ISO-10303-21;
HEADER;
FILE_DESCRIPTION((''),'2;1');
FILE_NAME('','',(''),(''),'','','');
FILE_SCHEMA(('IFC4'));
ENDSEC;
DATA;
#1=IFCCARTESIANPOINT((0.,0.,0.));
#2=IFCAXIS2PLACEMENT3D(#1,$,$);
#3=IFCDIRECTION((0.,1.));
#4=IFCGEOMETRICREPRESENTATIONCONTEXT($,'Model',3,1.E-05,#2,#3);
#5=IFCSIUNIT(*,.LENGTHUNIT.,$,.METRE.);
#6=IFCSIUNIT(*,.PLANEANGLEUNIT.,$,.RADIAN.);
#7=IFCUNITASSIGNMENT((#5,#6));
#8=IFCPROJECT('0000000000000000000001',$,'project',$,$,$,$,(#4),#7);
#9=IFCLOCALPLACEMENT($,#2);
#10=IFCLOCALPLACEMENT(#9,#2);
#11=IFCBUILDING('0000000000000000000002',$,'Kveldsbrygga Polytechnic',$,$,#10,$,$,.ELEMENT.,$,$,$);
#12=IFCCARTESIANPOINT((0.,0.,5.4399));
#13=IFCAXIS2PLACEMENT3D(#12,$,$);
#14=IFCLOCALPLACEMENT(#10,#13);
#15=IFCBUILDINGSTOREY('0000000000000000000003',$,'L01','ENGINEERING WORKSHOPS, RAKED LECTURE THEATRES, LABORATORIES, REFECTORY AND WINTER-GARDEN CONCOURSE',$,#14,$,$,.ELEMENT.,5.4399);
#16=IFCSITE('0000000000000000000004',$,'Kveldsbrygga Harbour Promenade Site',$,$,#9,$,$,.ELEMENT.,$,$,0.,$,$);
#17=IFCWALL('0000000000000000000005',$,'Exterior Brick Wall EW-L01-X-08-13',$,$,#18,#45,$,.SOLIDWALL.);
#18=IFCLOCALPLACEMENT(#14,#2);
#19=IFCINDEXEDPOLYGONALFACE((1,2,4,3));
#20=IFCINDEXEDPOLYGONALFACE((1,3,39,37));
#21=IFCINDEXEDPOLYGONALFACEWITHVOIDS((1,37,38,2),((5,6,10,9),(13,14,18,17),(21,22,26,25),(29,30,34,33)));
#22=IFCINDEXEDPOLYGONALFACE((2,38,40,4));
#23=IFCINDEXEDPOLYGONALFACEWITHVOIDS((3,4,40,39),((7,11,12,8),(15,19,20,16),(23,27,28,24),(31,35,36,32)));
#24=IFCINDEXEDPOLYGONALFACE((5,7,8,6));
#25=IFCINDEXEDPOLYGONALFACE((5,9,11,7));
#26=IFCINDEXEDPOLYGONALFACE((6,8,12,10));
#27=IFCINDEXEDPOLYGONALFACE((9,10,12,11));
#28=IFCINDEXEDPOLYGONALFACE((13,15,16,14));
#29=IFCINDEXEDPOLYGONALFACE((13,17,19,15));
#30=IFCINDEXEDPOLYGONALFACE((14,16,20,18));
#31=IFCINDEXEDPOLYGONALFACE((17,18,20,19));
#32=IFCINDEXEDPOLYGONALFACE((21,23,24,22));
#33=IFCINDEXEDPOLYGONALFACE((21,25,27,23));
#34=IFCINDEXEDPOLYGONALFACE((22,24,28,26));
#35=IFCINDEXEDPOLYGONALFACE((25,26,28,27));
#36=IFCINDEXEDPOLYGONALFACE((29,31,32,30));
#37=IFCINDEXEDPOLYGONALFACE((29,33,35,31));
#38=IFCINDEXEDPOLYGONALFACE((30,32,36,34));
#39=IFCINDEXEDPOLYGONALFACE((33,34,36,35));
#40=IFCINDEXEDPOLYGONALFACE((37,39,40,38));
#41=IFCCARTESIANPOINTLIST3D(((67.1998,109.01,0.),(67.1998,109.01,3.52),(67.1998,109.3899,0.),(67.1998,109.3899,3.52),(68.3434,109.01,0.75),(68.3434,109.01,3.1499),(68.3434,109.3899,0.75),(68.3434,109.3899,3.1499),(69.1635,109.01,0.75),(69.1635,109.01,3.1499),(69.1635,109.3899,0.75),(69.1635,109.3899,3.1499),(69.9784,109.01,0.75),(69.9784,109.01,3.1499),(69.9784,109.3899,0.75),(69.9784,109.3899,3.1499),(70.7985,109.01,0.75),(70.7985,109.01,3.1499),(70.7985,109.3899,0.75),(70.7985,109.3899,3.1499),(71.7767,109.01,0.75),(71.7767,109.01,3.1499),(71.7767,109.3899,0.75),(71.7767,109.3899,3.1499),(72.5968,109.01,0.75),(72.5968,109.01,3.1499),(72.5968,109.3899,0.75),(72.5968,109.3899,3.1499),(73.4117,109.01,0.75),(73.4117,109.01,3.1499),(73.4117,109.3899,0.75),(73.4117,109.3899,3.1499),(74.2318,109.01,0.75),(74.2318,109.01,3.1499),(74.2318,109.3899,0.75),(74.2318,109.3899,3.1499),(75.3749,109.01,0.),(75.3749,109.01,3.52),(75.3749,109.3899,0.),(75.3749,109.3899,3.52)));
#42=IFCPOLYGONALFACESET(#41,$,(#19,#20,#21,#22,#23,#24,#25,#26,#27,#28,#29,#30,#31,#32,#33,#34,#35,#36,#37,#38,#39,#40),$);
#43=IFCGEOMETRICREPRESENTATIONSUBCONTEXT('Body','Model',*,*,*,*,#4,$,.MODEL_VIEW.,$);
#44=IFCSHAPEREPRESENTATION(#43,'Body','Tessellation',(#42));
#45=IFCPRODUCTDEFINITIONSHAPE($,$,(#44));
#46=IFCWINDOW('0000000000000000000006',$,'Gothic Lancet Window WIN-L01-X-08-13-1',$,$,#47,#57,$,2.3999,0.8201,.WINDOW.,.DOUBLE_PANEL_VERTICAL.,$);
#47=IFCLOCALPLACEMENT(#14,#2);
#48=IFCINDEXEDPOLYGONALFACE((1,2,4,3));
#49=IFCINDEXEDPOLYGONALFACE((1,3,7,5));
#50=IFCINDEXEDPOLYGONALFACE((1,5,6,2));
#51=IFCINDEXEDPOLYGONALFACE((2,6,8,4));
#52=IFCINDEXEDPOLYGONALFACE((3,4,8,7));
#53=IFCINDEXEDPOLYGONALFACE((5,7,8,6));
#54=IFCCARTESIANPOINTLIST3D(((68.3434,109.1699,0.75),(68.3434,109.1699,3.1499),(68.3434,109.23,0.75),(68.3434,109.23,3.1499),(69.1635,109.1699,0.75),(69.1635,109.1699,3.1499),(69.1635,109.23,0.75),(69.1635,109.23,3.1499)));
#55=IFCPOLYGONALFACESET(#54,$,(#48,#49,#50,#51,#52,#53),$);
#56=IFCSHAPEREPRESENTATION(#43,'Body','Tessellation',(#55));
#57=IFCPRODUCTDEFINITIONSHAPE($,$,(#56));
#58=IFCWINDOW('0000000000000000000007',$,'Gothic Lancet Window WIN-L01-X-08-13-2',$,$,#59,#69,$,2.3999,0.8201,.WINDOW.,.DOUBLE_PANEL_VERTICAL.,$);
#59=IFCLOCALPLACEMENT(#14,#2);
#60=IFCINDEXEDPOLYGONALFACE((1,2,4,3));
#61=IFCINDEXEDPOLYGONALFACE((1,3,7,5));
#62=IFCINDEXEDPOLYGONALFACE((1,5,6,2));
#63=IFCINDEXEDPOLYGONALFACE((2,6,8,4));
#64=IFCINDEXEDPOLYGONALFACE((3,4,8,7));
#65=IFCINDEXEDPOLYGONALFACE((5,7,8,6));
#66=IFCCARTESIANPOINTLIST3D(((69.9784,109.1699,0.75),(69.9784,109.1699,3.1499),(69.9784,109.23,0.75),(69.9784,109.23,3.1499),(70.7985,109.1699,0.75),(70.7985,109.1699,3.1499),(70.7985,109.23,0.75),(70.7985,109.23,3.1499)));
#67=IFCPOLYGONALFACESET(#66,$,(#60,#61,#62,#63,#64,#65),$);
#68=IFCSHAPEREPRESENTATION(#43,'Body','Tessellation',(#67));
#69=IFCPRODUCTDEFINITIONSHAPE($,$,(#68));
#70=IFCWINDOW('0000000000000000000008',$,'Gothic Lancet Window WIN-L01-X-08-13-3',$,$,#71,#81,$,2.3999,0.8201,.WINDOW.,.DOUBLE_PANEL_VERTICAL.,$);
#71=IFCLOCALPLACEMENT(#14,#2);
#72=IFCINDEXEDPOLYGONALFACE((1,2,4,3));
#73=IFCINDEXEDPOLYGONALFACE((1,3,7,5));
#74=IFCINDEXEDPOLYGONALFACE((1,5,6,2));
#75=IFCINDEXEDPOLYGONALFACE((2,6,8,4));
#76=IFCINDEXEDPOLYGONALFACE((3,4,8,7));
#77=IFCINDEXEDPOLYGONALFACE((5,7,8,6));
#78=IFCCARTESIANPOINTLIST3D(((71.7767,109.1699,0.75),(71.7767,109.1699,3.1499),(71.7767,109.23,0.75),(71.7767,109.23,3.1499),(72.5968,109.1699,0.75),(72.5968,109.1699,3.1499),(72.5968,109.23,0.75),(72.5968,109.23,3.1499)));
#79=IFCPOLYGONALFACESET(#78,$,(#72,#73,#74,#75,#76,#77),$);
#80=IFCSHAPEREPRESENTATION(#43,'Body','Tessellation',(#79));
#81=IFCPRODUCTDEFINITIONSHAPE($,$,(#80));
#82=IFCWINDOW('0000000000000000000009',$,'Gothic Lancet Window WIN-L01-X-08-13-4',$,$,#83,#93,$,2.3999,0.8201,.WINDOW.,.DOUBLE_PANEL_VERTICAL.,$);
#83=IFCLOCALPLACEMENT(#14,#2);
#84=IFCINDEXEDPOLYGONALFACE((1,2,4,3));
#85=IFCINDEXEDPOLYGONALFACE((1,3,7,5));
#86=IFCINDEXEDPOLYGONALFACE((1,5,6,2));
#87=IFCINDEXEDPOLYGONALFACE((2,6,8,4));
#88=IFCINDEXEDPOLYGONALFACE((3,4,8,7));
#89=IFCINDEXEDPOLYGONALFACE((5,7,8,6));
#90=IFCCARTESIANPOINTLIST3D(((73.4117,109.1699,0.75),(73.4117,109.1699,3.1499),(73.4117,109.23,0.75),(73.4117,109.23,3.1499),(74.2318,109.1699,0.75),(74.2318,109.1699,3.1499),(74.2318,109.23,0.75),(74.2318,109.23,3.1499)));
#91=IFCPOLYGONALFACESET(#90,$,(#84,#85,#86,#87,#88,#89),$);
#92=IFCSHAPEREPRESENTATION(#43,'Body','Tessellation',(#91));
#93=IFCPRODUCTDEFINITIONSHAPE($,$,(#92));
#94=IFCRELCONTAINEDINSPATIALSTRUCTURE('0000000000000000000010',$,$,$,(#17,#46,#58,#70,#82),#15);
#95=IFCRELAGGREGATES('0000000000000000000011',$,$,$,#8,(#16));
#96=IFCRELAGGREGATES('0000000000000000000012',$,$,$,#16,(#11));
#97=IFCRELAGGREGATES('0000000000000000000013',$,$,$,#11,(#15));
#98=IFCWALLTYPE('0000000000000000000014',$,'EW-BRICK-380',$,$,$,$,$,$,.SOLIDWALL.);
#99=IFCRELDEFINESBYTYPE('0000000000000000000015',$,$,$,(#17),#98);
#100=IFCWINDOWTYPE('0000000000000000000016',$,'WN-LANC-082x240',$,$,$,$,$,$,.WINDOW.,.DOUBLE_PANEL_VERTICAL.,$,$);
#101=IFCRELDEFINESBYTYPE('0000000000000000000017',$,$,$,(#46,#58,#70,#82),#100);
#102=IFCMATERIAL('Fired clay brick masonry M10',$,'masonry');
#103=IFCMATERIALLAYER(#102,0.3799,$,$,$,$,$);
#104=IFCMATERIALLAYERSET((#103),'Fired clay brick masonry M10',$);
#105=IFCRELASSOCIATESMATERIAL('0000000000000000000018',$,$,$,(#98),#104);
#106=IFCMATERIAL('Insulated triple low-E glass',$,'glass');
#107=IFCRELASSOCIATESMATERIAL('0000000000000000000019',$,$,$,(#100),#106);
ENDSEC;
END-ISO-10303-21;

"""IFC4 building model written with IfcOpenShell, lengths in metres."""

from ifc_helpers import new_model, si_unit, direction, frame, frame_2d, origin, place, context, subcontext, project, spatial, rectangle, extrude, material, layer, layer_set, type_object, element, fill, save


model = new_model("IFC4")

# Units and contexts
model_context = context("Model", 3, precision=1e-05, world=origin(), true_north=direction((0.0, 1.0)))
body_context = subcontext(model_context, "Body", "Model", "MODEL_VIEW")
ifc_project = project(units=[si_unit("LENGTHUNIT", "METRE"), si_unit("PLANEANGLEUNIT", "RADIAN")], contexts=[model_context])

# Site, building, storey
site_placement = place(None, origin())
site = spatial("IfcSite", under=ifc_project, at=site_placement, Name="Kveldsbrygga Harbour Promenade Site", CompositionType="ELEMENT", RefElevation=0.0)
building_placement = place(site_placement, origin())
building = spatial("IfcBuilding", under=site, at=building_placement, Name="Kveldsbrygga Polytechnic", CompositionType="ELEMENT")
storey_placement = place(building_placement, frame((0.0, 0.0, 5.4399)))
storey = spatial("IfcBuildingStorey", under=building, at=storey_placement, Name="L01", Description="ENGINEERING WORKSHOPS, RAKED LECTURE THEATRES, LABORATORIES, REFECTORY AND WINTER-GARDEN CONCOURSE", CompositionType="ELEMENT", Elevation=5.4399)

# Shared definitions
ifc_material_1 = material(Name="Insulated triple low-E glass", Category="glass")

# Wall, openings, windows
ifc_material_2 = material(Name="Fired clay brick masonry M10", Category="masonry")
ifc_layer_1 = layer(ifc_material_2, 0.3799)
ifc_layer_set_1 = layer_set([ifc_layer_1], Name="Fired clay brick masonry M10")
wall_type_1 = type_object("IfcWallType", Name="EW-BRICK-380", PredefinedType="SOLIDWALL", material=ifc_layer_set_1)
wall_1_placement = place(storey_placement, frame((67.2, 109.2, 0.0), z_axis=(0.0, 0.0, 1.0), x_axis=(1.0, 0.0, 0.0)))
wall_1 = element("IfcWall", 1, at=wall_1_placement, inside=storey, type_object=wall_type_1, Name="Exterior Brick Wall EW-L01-X-08-13", PredefinedType="SOLIDWALL", context=body_context, shape_type="SweptSolid", body=[
    extrude(rectangle(XDim=8.175, YDim=0.3799, at=frame_2d((4.0874, 0.0))), origin(), (0.0, 0.0, 1.0), 3.52),
])
opening_1_placement = place(wall_1_placement, frame((1.1433, 0.0, 0.75)))
opening_1 = element("IfcOpeningElement", 2, at=opening_1_placement, cuts=wall_1, PredefinedType="OPENING", context=body_context, shape_type="SweptSolid", body=[
    extrude(rectangle(XDim=0.8201, YDim=2.3999, at=frame_2d((0.4102, 1.2))), frame((0.0, 0.2, 0.0), z_axis=(0.0, -1.0, 0.0), x_axis=(1.0, 0.0, 0.0)), (0.0, 0.0, 1.0), 0.3999),
])
opening_2_placement = place(wall_1_placement, frame((2.7783, 0.0, 0.75)))
opening_2 = element("IfcOpeningElement", 3, at=opening_2_placement, cuts=wall_1, PredefinedType="OPENING", context=body_context, shape_type="SweptSolid", body=[
    extrude(rectangle(XDim=0.8201, YDim=2.3999, at=frame_2d((0.4102, 1.2))), frame((0.0, 0.2, 0.0), z_axis=(0.0, -1.0, 0.0), x_axis=(1.0, 0.0, 0.0)), (0.0, 0.0, 1.0), 0.3999),
])
opening_3_placement = place(wall_1_placement, frame((4.5767, 0.0, 0.75)))
opening_3 = element("IfcOpeningElement", 4, at=opening_3_placement, cuts=wall_1, PredefinedType="OPENING", context=body_context, shape_type="SweptSolid", body=[
    extrude(rectangle(XDim=0.8201, YDim=2.3999, at=frame_2d((0.4102, 1.2))), frame((0.0, 0.2, 0.0), z_axis=(0.0, -1.0, 0.0), x_axis=(1.0, 0.0, 0.0)), (0.0, 0.0, 1.0), 0.3999),
])
opening_4_placement = place(wall_1_placement, frame((6.2117, 0.0, 0.75)))
opening_4 = element("IfcOpeningElement", 5, at=opening_4_placement, cuts=wall_1, PredefinedType="OPENING", context=body_context, shape_type="SweptSolid", body=[
    extrude(rectangle(XDim=0.8201, YDim=2.3999, at=frame_2d((0.4102, 1.2))), frame((0.0, 0.2, 0.0), z_axis=(0.0, -1.0, 0.0), x_axis=(1.0, 0.0, 0.0)), (0.0, 0.0, 1.0), 0.3999),
])
window_type_1 = type_object("IfcWindowType", Name="WN-LANC-082x240", PartitioningType="DOUBLE_PANEL_VERTICAL", PredefinedType="WINDOW", material=ifc_material_1)
window_1_placement = place(opening_1_placement, origin())
window_1 = element("IfcWindow", 6, at=window_1_placement, inside=storey, type_object=window_type_1, Name="Gothic Lancet Window WIN-L01-X-08-13-1", OverallHeight=2.3999, OverallWidth=0.8201, PartitioningType="DOUBLE_PANEL_VERTICAL", PredefinedType="WINDOW", context=body_context, shape_type="SweptSolid", body=[
    extrude(rectangle(XDim=0.8201, YDim=2.3999, at=frame_2d((0.4102, 1.2))), frame((0.0, 0.03, 0.0), z_axis=(0.0, -1.0, 0.0), x_axis=(1.0, 0.0, 0.0)), (0.0, 0.0, 1.0), 0.0601),
])
fill(opening_1, window_1)
window_2_placement = place(opening_2_placement, origin())
window_2 = element("IfcWindow", 7, at=window_2_placement, inside=storey, type_object=window_type_1, Name="Gothic Lancet Window WIN-L01-X-08-13-2", OverallHeight=2.3999, OverallWidth=0.8201, PartitioningType="DOUBLE_PANEL_VERTICAL", PredefinedType="WINDOW", context=body_context, shape_type="SweptSolid", body=[
    extrude(rectangle(XDim=0.8201, YDim=2.3999, at=frame_2d((0.4102, 1.2))), frame((0.0, 0.03, 0.0), z_axis=(0.0, -1.0, 0.0), x_axis=(1.0, 0.0, 0.0)), (0.0, 0.0, 1.0), 0.0601),
])
fill(opening_2, window_2)
window_3_placement = place(opening_3_placement, origin())
window_3 = element("IfcWindow", 8, at=window_3_placement, inside=storey, type_object=window_type_1, Name="Gothic Lancet Window WIN-L01-X-08-13-3", OverallHeight=2.3999, OverallWidth=0.8201, PartitioningType="DOUBLE_PANEL_VERTICAL", PredefinedType="WINDOW", context=body_context, shape_type="SweptSolid", body=[
    extrude(rectangle(XDim=0.8201, YDim=2.3999, at=frame_2d((0.4102, 1.2))), frame((0.0, 0.03, 0.0), z_axis=(0.0, -1.0, 0.0), x_axis=(1.0, 0.0, 0.0)), (0.0, 0.0, 1.0), 0.0601),
])
fill(opening_3, window_3)
window_4_placement = place(opening_4_placement, origin())
window_4 = element("IfcWindow", 9, at=window_4_placement, inside=storey, type_object=window_type_1, Name="Gothic Lancet Window WIN-L01-X-08-13-4", OverallHeight=2.3999, OverallWidth=0.8201, PartitioningType="DOUBLE_PANEL_VERTICAL", PredefinedType="WINDOW", context=body_context, shape_type="SweptSolid", body=[
    extrude(rectangle(XDim=0.8201, YDim=2.3999, at=frame_2d((0.4102, 1.2))), frame((0.0, 0.03, 0.0), z_axis=(0.0, -1.0, 0.0), x_axis=(1.0, 0.0, 0.0)), (0.0, 0.0, 1.0), 0.0601),
])
fill(opening_4, window_4)

save(model, "model.ifc")
